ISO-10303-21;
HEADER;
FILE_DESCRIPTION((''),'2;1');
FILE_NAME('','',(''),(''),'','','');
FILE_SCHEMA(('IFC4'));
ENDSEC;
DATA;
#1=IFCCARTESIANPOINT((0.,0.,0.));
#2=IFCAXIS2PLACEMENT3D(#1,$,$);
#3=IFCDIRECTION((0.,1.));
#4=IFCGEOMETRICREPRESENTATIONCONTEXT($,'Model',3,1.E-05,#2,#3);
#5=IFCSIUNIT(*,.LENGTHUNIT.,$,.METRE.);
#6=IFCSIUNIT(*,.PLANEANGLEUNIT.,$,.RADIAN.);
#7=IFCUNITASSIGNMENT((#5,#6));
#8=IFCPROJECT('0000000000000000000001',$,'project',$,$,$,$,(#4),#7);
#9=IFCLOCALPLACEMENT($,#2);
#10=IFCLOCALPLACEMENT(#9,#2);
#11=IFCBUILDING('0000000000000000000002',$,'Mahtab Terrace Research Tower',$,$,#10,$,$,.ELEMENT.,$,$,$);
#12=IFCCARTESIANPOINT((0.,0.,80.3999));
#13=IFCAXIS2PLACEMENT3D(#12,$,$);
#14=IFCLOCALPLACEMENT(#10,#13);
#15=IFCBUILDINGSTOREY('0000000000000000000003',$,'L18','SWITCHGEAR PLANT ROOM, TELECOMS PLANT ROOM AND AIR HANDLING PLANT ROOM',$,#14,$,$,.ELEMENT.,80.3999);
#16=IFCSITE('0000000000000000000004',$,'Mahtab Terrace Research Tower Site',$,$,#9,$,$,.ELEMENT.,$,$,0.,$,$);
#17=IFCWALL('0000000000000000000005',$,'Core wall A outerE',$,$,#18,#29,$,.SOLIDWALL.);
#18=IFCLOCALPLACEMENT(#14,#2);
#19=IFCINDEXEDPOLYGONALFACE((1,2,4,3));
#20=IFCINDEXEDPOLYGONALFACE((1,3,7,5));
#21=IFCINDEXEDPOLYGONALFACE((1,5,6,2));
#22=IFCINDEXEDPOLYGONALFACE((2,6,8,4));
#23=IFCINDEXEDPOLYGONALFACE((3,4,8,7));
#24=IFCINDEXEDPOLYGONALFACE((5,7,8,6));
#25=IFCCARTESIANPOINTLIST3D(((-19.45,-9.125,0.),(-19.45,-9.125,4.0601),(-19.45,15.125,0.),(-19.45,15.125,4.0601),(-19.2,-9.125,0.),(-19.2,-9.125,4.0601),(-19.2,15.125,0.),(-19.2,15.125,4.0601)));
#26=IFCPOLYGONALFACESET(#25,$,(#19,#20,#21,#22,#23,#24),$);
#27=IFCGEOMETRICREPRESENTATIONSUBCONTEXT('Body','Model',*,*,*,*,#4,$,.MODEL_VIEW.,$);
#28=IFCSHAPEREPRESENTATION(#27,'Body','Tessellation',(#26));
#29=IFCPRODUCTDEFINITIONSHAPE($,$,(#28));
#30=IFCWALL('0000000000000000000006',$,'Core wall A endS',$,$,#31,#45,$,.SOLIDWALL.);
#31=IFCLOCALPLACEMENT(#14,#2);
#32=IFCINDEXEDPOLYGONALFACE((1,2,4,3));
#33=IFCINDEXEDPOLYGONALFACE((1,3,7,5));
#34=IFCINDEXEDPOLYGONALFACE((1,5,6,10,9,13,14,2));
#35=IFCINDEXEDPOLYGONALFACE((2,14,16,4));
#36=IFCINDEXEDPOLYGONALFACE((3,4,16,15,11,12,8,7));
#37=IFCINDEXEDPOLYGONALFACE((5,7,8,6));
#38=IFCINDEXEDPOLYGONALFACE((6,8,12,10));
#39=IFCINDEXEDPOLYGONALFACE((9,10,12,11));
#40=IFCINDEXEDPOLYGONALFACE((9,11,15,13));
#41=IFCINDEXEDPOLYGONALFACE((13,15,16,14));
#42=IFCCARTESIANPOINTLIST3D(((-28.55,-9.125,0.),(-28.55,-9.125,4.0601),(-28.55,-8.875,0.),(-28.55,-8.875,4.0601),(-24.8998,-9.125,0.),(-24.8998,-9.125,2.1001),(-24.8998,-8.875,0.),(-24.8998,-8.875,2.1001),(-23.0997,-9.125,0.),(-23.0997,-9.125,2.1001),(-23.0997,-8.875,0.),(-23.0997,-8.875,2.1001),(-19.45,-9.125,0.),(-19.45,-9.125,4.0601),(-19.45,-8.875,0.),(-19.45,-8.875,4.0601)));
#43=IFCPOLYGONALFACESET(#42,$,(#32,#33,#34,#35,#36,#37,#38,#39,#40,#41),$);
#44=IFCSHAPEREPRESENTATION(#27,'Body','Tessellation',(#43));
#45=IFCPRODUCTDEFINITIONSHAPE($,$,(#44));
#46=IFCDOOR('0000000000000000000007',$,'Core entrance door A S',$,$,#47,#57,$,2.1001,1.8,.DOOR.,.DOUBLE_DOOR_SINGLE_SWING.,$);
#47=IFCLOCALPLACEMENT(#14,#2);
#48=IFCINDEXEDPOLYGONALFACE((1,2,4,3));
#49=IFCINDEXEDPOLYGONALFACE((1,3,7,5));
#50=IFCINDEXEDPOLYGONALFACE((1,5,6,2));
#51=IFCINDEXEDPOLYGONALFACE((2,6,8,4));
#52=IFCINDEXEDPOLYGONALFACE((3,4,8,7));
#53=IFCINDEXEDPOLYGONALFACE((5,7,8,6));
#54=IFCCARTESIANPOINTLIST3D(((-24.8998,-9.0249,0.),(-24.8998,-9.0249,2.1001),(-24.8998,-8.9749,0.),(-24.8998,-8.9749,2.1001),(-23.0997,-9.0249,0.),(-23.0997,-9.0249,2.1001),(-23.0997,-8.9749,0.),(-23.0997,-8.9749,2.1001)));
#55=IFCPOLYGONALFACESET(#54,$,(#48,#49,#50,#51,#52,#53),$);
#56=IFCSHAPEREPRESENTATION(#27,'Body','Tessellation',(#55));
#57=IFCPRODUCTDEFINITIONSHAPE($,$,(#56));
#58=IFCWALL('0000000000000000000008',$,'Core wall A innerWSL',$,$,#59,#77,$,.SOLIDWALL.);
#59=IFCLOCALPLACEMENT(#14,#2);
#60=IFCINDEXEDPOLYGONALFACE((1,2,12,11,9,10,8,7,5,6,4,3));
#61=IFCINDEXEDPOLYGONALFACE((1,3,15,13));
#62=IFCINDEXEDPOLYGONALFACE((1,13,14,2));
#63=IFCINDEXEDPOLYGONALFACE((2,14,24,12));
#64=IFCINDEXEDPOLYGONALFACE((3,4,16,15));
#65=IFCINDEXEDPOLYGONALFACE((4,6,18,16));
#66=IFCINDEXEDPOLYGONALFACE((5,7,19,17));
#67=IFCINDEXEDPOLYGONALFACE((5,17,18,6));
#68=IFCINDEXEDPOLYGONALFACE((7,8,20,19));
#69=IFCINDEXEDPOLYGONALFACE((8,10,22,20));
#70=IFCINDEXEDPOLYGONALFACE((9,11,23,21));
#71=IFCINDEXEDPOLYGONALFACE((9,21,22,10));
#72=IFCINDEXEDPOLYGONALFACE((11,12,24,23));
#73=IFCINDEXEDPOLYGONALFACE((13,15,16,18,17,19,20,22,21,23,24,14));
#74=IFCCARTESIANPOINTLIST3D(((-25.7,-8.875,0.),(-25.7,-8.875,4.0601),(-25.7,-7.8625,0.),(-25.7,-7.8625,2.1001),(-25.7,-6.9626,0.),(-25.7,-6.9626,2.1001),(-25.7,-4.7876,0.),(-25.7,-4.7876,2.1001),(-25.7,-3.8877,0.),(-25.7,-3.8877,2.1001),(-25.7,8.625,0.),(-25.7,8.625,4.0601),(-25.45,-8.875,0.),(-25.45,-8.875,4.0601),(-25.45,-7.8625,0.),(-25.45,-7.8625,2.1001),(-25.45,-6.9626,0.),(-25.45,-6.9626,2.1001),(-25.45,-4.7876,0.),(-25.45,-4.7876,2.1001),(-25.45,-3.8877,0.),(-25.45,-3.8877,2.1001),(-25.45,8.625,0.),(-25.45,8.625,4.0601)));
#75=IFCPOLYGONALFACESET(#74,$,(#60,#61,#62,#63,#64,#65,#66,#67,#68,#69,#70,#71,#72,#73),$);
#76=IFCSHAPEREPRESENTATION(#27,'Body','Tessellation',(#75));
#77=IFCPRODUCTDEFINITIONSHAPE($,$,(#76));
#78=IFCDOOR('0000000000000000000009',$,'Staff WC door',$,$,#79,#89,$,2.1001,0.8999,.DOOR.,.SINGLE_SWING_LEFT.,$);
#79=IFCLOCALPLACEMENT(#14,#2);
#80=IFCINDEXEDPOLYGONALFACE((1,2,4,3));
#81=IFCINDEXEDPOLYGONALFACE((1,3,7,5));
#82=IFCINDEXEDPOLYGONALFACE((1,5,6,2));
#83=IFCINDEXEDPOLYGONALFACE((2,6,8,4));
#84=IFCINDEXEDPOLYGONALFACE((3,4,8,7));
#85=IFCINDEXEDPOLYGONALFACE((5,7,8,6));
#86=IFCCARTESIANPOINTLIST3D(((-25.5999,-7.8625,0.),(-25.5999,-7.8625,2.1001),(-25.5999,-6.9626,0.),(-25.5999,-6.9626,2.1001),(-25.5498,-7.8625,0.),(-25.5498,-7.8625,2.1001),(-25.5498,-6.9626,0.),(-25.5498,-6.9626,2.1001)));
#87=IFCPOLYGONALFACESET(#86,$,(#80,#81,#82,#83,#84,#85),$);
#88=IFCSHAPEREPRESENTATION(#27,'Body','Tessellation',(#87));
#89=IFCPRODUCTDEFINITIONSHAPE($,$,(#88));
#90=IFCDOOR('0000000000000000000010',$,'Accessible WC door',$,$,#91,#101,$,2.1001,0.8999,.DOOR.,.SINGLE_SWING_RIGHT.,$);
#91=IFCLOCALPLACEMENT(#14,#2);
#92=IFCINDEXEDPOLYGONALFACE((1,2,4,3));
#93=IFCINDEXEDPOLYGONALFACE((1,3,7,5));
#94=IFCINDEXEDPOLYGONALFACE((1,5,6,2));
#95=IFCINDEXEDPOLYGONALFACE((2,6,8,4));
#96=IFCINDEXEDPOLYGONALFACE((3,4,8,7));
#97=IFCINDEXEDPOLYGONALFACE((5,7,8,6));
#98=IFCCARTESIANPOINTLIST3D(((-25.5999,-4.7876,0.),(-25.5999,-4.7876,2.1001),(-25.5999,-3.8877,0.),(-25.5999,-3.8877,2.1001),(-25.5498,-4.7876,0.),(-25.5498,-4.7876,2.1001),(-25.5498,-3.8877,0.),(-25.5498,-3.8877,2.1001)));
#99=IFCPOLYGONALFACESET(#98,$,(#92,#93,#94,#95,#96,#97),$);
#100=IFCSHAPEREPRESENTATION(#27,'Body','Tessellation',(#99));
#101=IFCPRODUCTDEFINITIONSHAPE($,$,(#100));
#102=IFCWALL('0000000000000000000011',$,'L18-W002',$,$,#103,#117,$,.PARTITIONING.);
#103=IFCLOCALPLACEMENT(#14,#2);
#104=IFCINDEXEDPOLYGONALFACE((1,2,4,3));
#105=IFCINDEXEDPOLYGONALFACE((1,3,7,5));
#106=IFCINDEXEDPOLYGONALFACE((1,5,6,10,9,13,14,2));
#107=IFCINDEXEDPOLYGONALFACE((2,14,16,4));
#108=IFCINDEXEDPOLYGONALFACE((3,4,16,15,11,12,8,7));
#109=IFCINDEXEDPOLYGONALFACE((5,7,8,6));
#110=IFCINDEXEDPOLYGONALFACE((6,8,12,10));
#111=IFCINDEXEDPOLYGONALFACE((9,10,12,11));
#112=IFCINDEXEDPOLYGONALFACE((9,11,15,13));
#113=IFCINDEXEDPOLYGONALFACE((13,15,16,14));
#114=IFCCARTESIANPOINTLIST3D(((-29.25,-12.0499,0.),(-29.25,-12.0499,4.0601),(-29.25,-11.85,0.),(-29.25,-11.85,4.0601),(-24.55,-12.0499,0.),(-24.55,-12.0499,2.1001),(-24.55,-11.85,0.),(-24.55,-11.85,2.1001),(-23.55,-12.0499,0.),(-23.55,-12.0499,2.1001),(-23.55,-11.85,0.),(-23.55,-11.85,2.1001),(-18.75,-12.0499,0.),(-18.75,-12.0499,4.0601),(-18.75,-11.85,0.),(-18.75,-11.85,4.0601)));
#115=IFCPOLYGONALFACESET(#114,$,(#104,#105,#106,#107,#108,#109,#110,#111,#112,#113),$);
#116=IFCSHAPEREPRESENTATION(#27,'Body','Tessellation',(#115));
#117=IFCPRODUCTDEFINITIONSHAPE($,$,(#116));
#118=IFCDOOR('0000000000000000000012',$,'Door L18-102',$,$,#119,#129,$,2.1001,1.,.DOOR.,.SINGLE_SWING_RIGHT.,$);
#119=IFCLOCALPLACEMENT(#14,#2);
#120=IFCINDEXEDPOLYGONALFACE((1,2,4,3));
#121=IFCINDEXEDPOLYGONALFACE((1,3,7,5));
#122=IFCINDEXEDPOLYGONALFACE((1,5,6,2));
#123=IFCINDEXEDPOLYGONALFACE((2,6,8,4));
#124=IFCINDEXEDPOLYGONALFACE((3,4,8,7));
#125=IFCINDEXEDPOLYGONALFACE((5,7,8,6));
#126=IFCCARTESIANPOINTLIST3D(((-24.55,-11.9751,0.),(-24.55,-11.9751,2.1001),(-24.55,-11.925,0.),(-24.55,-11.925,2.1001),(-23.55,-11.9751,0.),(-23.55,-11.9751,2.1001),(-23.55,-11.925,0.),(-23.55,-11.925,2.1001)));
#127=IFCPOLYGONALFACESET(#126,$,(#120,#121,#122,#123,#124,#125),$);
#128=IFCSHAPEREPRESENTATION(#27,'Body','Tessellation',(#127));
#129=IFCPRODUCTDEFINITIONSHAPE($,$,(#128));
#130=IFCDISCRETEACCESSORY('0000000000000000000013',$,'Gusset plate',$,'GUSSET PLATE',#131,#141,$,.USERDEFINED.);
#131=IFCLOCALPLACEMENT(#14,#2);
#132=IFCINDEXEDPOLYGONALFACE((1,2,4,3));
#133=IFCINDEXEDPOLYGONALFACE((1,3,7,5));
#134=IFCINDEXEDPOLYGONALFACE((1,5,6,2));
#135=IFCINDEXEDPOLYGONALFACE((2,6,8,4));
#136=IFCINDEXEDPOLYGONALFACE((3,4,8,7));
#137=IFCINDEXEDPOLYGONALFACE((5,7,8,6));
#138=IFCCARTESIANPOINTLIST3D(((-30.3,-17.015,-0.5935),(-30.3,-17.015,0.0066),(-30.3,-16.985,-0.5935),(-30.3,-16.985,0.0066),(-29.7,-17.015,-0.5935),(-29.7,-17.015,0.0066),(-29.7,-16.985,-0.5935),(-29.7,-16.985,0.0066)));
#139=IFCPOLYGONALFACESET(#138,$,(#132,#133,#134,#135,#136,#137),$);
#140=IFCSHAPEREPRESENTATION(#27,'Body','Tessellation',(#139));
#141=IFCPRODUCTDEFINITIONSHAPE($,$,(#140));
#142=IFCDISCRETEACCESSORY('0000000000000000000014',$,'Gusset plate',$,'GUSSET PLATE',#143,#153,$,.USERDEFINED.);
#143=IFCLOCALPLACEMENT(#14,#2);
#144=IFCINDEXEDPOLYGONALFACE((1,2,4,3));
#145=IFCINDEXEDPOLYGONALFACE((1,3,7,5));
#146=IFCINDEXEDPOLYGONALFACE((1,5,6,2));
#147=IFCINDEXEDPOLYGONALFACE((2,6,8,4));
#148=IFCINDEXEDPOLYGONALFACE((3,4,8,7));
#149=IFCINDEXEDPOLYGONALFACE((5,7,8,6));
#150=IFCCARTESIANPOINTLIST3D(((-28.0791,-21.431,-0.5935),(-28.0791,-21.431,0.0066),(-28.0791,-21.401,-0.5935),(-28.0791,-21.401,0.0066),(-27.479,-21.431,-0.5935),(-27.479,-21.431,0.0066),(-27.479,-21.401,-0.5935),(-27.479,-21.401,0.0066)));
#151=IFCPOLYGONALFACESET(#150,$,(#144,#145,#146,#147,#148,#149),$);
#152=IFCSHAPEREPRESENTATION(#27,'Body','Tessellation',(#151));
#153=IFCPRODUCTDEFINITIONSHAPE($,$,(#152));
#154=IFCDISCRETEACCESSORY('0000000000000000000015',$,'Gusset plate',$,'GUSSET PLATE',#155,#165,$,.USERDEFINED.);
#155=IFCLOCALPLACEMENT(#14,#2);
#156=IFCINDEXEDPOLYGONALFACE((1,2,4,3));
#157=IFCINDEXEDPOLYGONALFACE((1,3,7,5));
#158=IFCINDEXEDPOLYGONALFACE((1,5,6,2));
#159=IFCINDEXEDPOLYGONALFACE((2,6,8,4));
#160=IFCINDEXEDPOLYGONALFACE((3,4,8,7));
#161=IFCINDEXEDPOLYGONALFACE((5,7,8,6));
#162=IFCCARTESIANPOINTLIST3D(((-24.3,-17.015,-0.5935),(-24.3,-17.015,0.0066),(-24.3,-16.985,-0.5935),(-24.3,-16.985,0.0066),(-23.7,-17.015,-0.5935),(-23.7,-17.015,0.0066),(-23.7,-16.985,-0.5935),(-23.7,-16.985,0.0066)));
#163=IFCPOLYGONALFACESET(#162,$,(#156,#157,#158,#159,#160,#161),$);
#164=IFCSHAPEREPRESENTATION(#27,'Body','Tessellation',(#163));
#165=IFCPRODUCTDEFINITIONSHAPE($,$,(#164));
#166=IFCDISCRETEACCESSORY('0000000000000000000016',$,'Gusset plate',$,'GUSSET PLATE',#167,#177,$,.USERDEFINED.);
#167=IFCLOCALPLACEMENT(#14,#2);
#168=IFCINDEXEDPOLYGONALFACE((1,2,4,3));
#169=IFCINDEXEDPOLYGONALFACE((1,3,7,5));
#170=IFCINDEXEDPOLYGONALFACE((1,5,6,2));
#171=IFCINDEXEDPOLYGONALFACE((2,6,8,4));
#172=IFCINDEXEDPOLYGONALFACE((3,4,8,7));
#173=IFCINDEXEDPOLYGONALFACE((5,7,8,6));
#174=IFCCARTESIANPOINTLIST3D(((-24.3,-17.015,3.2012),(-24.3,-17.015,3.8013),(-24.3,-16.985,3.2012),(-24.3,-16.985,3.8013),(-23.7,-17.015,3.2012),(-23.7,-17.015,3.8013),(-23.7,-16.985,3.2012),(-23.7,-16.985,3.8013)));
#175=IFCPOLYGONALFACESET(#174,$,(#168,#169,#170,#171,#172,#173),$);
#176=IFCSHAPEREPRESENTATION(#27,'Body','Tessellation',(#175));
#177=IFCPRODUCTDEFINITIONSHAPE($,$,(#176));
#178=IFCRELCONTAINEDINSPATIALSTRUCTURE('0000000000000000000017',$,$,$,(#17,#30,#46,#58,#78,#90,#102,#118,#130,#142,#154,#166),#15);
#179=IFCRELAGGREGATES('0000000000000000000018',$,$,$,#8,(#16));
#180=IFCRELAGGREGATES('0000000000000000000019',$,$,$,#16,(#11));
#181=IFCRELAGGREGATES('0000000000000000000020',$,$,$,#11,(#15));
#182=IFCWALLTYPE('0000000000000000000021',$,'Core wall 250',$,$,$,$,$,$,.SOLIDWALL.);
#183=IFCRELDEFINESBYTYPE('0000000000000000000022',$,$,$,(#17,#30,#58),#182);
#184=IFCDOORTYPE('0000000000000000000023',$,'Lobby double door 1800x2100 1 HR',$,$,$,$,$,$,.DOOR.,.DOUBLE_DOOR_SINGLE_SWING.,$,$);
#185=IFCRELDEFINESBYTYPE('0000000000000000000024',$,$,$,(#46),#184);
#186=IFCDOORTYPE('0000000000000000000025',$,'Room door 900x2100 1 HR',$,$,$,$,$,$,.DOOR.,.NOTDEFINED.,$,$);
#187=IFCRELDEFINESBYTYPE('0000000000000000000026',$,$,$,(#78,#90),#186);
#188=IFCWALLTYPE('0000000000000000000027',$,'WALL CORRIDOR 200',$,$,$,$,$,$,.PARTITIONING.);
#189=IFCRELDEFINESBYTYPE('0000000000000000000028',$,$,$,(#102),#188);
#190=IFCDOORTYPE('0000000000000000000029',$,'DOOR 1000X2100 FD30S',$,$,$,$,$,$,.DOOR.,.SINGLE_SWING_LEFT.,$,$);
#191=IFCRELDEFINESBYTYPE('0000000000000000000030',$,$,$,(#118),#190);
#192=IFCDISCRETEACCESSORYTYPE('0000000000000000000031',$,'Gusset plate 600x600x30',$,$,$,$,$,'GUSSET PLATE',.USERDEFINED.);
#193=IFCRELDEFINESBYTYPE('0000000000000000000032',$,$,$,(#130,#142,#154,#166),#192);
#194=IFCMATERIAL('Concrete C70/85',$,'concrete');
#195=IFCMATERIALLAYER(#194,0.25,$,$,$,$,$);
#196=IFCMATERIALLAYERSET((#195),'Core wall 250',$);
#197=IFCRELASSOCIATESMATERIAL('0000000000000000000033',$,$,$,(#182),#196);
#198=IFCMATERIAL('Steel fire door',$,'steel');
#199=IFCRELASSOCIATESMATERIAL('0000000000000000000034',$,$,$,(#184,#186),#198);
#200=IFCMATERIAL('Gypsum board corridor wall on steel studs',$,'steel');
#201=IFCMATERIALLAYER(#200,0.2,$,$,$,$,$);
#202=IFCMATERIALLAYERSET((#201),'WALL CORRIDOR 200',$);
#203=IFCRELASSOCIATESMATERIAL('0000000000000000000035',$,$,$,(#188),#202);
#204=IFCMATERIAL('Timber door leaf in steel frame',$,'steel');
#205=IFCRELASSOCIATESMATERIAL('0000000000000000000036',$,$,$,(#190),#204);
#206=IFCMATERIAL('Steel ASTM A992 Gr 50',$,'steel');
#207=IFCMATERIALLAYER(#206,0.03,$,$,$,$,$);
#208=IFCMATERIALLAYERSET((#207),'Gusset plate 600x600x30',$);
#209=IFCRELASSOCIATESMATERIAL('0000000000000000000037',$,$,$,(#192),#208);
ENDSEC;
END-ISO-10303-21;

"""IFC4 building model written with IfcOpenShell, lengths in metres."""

from ifc_helpers import new_model, si_unit, direction, frame, frame_2d, origin, origin_2d, place, context, subcontext, project, spatial, rectangle, extrude, material, layer, layer_set, type_object, element, fill, save


model = new_model("IFC4")

# Units and contexts
model_context = context("Model", 3, precision=1e-05, world=origin(), true_north=direction((0.0, 1.0)))
body_context = subcontext(model_context, "Body", "Model", "MODEL_VIEW")
ifc_project = project(units=[si_unit("LENGTHUNIT", "METRE"), si_unit("PLANEANGLEUNIT", "RADIAN")], contexts=[model_context])

# Site, building, storey
site_placement = place(None, origin())
site = spatial("IfcSite", under=ifc_project, at=site_placement, Name="Mahtab Terrace Research Tower Site", CompositionType="ELEMENT", RefElevation=0.0)
building_placement = place(site_placement, origin())
building = spatial("IfcBuilding", under=site, at=building_placement, Name="Mahtab Terrace Research Tower", CompositionType="ELEMENT")
storey_placement = place(building_placement, frame((0.0, 0.0, 80.3999)))
storey = spatial("IfcBuildingStorey", under=building, at=storey_placement, Name="L18", Description="SWITCHGEAR PLANT ROOM, TELECOMS PLANT ROOM AND AIR HANDLING PLANT ROOM", CompositionType="ELEMENT", Elevation=80.3999)

# Shared definitions
ifc_material_1 = material(Name="Concrete C70/85", Category="concrete")
ifc_material_2 = material(Name="Steel ASTM A992 Gr 50", Category="steel")

# Wall
ifc_layer_1 = layer(ifc_material_1, 0.25)
ifc_layer_set_1 = layer_set([ifc_layer_1], Name="Core wall 250")
wall_type_1 = type_object("IfcWallType", Name="Core wall 250", PredefinedType="SOLIDWALL", material=ifc_layer_set_1)
wall_1_placement = place(storey_placement, frame((-19.325, -9.125, 0.0), z_axis=(0.0, 0.0, 1.0), x_axis=(0.0, 1.0, 0.0)))
element("IfcWall", 1, at=wall_1_placement, inside=storey, type_object=wall_type_1, Name="Core wall A outerE", PredefinedType="SOLIDWALL", context=body_context, shape_type="SweptSolid", body=[
    extrude(rectangle(XDim=24.25, YDim=0.25, at=frame_2d((12.125, 0.0))), origin(), (0.0, 0.0, 1.0), 4.0601),
])

# Wall, opening, door
wall_2_placement = place(storey_placement, frame((-19.45, -9.0, 0.0), z_axis=(0.0, 0.0, 1.0), x_axis=(-1.0, 0.0, 0.0)))
wall_2 = element("IfcWall", 2, at=wall_2_placement, inside=storey, type_object=wall_type_1, Name="Core wall A endS", PredefinedType="SOLIDWALL", context=body_context, shape_type="SweptSolid", body=[
    extrude(rectangle(XDim=9.1001, YDim=0.25, at=frame_2d((4.55, 0.0))), origin(), (0.0, 0.0, 1.0), 4.0601),
])
opening_1_placement = place(wall_2_placement, frame((3.6499, 0.0, 0.0)))
opening_1 = element("IfcOpeningElement", 3, at=opening_1_placement, cuts=wall_2, PredefinedType="OPENING", context=body_context, shape_type="SweptSolid", body=[
    extrude(rectangle(XDim=1.8, YDim=2.1001, at=frame_2d((0.8999, 1.05))), frame((0.0, 0.135, 0.0), z_axis=(0.0, -1.0, 0.0), x_axis=(1.0, 0.0, 0.0)), (0.0, 0.0, 1.0), 0.27),
])
ifc_material_3 = material(Name="Steel fire door", Category="steel")
door_type_1 = type_object("IfcDoorType", Name="Lobby double door 1800x2100 1 HR", OperationType="DOUBLE_DOOR_SINGLE_SWING", PredefinedType="DOOR", material=ifc_material_3)
door_1_placement = place(opening_1_placement, origin())
door_1 = element("IfcDoor", 4, at=door_1_placement, inside=storey, type_object=door_type_1, Name="Core entrance door A S", OperationType="DOUBLE_DOOR_SINGLE_SWING", OverallHeight=2.1001, OverallWidth=1.8, PredefinedType="DOOR", context=body_context, shape_type="SweptSolid", body=[
    extrude(rectangle(XDim=1.8, YDim=2.1001, at=frame_2d((0.8999, 1.05))), frame((0.0, 0.0249, 0.0), z_axis=(0.0, -1.0, 0.0), x_axis=(1.0, 0.0, 0.0)), (0.0, 0.0, 1.0), 0.05),
])
fill(opening_1, door_1)

# Wall, openings, doors
wall_3_placement = place(storey_placement, frame((-25.575, -8.875, 0.0), z_axis=(0.0, 0.0, 1.0), x_axis=(0.0, 1.0, 0.0)))
wall_3 = element("IfcWall", 5, at=wall_3_placement, inside=storey, type_object=wall_type_1, Name="Core wall A innerWSL", PredefinedType="SOLIDWALL", context=body_context, shape_type="SweptSolid", body=[
    extrude(rectangle(XDim=17.5, YDim=0.25, at=frame_2d((8.75, 0.0))), origin(), (0.0, 0.0, 1.0), 4.0601),
])
opening_2_placement = place(wall_3_placement, frame((1.0125, 0.0, 0.0)))
opening_2 = element("IfcOpeningElement", 6, at=opening_2_placement, cuts=wall_3, PredefinedType="OPENING", context=body_context, shape_type="SweptSolid", body=[
    extrude(rectangle(XDim=0.8999, YDim=2.1001, at=frame_2d((0.45, 1.05))), frame((0.0, 0.135, 0.0), z_axis=(0.0, -1.0, 0.0), x_axis=(1.0, 0.0, 0.0)), (0.0, 0.0, 1.0), 0.27),
])
opening_3_placement = place(wall_3_placement, frame((4.0874, 0.0, 0.0)))
opening_3 = element("IfcOpeningElement", 7, at=opening_3_placement, cuts=wall_3, PredefinedType="OPENING", context=body_context, shape_type="SweptSolid", body=[
    extrude(rectangle(XDim=0.8999, YDim=2.1001, at=frame_2d((0.45, 1.05))), frame((0.0, 0.135, 0.0), z_axis=(0.0, -1.0, 0.0), x_axis=(1.0, 0.0, 0.0)), (0.0, 0.0, 1.0), 0.27),
])
door_type_2 = type_object("IfcDoorType", Name="Room door 900x2100 1 HR", OperationType="NOTDEFINED", PredefinedType="DOOR", material=ifc_material_3)
door_2_placement = place(opening_2_placement, origin())
door_2 = element("IfcDoor", 8, at=door_2_placement, inside=storey, type_object=door_type_2, Name="Staff WC door", OperationType="SINGLE_SWING_LEFT", OverallHeight=2.1001, OverallWidth=0.8999, PredefinedType="DOOR", context=body_context, shape_type="SweptSolid", body=[
    extrude(rectangle(XDim=0.8999, YDim=2.1001, at=frame_2d((0.45, 1.05))), frame((0.0, 0.0249, 0.0), z_axis=(0.0, -1.0, 0.0), x_axis=(1.0, 0.0, 0.0)), (0.0, 0.0, 1.0), 0.05),
])
fill(opening_2, door_2)
door_3_placement = place(opening_3_placement, origin())
door_3 = element("IfcDoor", 9, at=door_3_placement, inside=storey, type_object=door_type_2, Name="Accessible WC door", OperationType="SINGLE_SWING_RIGHT", OverallHeight=2.1001, OverallWidth=0.8999, PredefinedType="DOOR", context=body_context, shape_type="SweptSolid", body=[
    extrude(rectangle(XDim=0.8999, YDim=2.1001, at=frame_2d((0.45, 1.05))), frame((0.0, 0.0249, 0.0), z_axis=(0.0, -1.0, 0.0), x_axis=(1.0, 0.0, 0.0)), (0.0, 0.0, 1.0), 0.05),
])
fill(opening_3, door_3)

# Wall, opening, door
ifc_material_4 = material(Name="Gypsum board corridor wall on steel studs", Category="steel")
ifc_layer_2 = layer(ifc_material_4, 0.2)
ifc_layer_set_2 = layer_set([ifc_layer_2], Name="WALL CORRIDOR 200")
wall_type_2 = type_object("IfcWallType", Name="WALL CORRIDOR 200", PredefinedType="PARTITIONING", material=ifc_layer_set_2)
wall_4_placement = place(storey_placement, frame((-29.25, -11.95, 0.0), z_axis=(0.0, 0.0, 1.0), x_axis=(1.0, 0.0, 0.0)))
wall_4 = element("IfcWall", 10, at=wall_4_placement, inside=storey, type_object=wall_type_2, Name="L18-W002", PredefinedType="PARTITIONING", context=body_context, shape_type="SweptSolid", body=[
    extrude(rectangle(XDim=10.5, YDim=0.2, at=frame_2d((5.25, 0.0))), origin(), (0.0, 0.0, 1.0), 4.0601),
])
opening_4_placement = place(wall_4_placement, frame((4.7, 0.0, 0.0)))
opening_4 = element("IfcOpeningElement", 11, at=opening_4_placement, cuts=wall_4, PredefinedType="OPENING", context=body_context, shape_type="SweptSolid", body=[
    extrude(rectangle(XDim=1.0, YDim=2.1001, at=frame_2d((0.5, 1.05))), frame((0.0, 0.1099, 0.0), z_axis=(0.0, -1.0, 0.0), x_axis=(1.0, 0.0, 0.0)), (0.0, 0.0, 1.0), 0.22),
])
ifc_material_5 = material(Name="Timber door leaf in steel frame", Category="steel")
door_type_3 = type_object("IfcDoorType", Name="DOOR 1000X2100 FD30S", OperationType="SINGLE_SWING_LEFT", PredefinedType="DOOR", material=ifc_material_5)
door_4_placement = place(opening_4_placement, origin())
door_4 = element("IfcDoor", 12, at=door_4_placement, inside=storey, type_object=door_type_3, Name="Door L18-102", OperationType="SINGLE_SWING_RIGHT", OverallHeight=2.1001, OverallWidth=1.0, PredefinedType="DOOR", context=body_context, shape_type="SweptSolid", body=[
    extrude(rectangle(XDim=1.0, YDim=2.1001, at=frame_2d((0.5, 1.05))), frame((0.0, 0.0249, 0.0), z_axis=(0.0, -1.0, 0.0), x_axis=(1.0, 0.0, 0.0)), (0.0, 0.0, 1.0), 0.05),
])
fill(opening_4, door_4)

# Discrete accessories
ifc_layer_3 = layer(ifc_material_2, 0.03)
ifc_layer_set_3 = layer_set([ifc_layer_3], Name="Gusset plate 600x600x30")
discrete_accessory_type = type_object("IfcDiscreteAccessoryType", Name="Gusset plate 600x600x30", ElementType="GUSSET PLATE", PredefinedType="USERDEFINED", material=ifc_layer_set_3)
for number, where, z_axis, x_axis, name in (
    (13, (-30.0, -17.0, -0.5935), (0.0, 0.0, 1.0), (1.0, 0.0, 0.0), "Gusset plate"),
    (14, (-27.7791, -21.416, -0.5935), (0.0, 0.0, 1.0), (1.0, 0.0, 0.0), "Gusset plate"),
    (15, (-24.0, -17.0, -0.5935), (0.0, 0.0, 1.0), (1.0, 0.0, 0.0), "Gusset plate"),
    (16, (-24.0, -17.0, 3.2012), (0.0, 0.0, 1.0), (1.0, 0.0, 0.0), "Gusset plate"),
):
    element("IfcDiscreteAccessory", number, at=place(storey_placement, frame(where, z_axis=z_axis, x_axis=x_axis)), inside=storey, type_object=discrete_accessory_type, Name=name, ObjectType="GUSSET PLATE", PredefinedType="USERDEFINED", context=body_context, shape_type="SweptSolid", body=[
        extrude(rectangle(XDim=0.6001, YDim=0.03, at=origin_2d()), origin(), (0.0, 0.0, 1.0), 0.6001),
    ])

save(model, "model.ifc")
